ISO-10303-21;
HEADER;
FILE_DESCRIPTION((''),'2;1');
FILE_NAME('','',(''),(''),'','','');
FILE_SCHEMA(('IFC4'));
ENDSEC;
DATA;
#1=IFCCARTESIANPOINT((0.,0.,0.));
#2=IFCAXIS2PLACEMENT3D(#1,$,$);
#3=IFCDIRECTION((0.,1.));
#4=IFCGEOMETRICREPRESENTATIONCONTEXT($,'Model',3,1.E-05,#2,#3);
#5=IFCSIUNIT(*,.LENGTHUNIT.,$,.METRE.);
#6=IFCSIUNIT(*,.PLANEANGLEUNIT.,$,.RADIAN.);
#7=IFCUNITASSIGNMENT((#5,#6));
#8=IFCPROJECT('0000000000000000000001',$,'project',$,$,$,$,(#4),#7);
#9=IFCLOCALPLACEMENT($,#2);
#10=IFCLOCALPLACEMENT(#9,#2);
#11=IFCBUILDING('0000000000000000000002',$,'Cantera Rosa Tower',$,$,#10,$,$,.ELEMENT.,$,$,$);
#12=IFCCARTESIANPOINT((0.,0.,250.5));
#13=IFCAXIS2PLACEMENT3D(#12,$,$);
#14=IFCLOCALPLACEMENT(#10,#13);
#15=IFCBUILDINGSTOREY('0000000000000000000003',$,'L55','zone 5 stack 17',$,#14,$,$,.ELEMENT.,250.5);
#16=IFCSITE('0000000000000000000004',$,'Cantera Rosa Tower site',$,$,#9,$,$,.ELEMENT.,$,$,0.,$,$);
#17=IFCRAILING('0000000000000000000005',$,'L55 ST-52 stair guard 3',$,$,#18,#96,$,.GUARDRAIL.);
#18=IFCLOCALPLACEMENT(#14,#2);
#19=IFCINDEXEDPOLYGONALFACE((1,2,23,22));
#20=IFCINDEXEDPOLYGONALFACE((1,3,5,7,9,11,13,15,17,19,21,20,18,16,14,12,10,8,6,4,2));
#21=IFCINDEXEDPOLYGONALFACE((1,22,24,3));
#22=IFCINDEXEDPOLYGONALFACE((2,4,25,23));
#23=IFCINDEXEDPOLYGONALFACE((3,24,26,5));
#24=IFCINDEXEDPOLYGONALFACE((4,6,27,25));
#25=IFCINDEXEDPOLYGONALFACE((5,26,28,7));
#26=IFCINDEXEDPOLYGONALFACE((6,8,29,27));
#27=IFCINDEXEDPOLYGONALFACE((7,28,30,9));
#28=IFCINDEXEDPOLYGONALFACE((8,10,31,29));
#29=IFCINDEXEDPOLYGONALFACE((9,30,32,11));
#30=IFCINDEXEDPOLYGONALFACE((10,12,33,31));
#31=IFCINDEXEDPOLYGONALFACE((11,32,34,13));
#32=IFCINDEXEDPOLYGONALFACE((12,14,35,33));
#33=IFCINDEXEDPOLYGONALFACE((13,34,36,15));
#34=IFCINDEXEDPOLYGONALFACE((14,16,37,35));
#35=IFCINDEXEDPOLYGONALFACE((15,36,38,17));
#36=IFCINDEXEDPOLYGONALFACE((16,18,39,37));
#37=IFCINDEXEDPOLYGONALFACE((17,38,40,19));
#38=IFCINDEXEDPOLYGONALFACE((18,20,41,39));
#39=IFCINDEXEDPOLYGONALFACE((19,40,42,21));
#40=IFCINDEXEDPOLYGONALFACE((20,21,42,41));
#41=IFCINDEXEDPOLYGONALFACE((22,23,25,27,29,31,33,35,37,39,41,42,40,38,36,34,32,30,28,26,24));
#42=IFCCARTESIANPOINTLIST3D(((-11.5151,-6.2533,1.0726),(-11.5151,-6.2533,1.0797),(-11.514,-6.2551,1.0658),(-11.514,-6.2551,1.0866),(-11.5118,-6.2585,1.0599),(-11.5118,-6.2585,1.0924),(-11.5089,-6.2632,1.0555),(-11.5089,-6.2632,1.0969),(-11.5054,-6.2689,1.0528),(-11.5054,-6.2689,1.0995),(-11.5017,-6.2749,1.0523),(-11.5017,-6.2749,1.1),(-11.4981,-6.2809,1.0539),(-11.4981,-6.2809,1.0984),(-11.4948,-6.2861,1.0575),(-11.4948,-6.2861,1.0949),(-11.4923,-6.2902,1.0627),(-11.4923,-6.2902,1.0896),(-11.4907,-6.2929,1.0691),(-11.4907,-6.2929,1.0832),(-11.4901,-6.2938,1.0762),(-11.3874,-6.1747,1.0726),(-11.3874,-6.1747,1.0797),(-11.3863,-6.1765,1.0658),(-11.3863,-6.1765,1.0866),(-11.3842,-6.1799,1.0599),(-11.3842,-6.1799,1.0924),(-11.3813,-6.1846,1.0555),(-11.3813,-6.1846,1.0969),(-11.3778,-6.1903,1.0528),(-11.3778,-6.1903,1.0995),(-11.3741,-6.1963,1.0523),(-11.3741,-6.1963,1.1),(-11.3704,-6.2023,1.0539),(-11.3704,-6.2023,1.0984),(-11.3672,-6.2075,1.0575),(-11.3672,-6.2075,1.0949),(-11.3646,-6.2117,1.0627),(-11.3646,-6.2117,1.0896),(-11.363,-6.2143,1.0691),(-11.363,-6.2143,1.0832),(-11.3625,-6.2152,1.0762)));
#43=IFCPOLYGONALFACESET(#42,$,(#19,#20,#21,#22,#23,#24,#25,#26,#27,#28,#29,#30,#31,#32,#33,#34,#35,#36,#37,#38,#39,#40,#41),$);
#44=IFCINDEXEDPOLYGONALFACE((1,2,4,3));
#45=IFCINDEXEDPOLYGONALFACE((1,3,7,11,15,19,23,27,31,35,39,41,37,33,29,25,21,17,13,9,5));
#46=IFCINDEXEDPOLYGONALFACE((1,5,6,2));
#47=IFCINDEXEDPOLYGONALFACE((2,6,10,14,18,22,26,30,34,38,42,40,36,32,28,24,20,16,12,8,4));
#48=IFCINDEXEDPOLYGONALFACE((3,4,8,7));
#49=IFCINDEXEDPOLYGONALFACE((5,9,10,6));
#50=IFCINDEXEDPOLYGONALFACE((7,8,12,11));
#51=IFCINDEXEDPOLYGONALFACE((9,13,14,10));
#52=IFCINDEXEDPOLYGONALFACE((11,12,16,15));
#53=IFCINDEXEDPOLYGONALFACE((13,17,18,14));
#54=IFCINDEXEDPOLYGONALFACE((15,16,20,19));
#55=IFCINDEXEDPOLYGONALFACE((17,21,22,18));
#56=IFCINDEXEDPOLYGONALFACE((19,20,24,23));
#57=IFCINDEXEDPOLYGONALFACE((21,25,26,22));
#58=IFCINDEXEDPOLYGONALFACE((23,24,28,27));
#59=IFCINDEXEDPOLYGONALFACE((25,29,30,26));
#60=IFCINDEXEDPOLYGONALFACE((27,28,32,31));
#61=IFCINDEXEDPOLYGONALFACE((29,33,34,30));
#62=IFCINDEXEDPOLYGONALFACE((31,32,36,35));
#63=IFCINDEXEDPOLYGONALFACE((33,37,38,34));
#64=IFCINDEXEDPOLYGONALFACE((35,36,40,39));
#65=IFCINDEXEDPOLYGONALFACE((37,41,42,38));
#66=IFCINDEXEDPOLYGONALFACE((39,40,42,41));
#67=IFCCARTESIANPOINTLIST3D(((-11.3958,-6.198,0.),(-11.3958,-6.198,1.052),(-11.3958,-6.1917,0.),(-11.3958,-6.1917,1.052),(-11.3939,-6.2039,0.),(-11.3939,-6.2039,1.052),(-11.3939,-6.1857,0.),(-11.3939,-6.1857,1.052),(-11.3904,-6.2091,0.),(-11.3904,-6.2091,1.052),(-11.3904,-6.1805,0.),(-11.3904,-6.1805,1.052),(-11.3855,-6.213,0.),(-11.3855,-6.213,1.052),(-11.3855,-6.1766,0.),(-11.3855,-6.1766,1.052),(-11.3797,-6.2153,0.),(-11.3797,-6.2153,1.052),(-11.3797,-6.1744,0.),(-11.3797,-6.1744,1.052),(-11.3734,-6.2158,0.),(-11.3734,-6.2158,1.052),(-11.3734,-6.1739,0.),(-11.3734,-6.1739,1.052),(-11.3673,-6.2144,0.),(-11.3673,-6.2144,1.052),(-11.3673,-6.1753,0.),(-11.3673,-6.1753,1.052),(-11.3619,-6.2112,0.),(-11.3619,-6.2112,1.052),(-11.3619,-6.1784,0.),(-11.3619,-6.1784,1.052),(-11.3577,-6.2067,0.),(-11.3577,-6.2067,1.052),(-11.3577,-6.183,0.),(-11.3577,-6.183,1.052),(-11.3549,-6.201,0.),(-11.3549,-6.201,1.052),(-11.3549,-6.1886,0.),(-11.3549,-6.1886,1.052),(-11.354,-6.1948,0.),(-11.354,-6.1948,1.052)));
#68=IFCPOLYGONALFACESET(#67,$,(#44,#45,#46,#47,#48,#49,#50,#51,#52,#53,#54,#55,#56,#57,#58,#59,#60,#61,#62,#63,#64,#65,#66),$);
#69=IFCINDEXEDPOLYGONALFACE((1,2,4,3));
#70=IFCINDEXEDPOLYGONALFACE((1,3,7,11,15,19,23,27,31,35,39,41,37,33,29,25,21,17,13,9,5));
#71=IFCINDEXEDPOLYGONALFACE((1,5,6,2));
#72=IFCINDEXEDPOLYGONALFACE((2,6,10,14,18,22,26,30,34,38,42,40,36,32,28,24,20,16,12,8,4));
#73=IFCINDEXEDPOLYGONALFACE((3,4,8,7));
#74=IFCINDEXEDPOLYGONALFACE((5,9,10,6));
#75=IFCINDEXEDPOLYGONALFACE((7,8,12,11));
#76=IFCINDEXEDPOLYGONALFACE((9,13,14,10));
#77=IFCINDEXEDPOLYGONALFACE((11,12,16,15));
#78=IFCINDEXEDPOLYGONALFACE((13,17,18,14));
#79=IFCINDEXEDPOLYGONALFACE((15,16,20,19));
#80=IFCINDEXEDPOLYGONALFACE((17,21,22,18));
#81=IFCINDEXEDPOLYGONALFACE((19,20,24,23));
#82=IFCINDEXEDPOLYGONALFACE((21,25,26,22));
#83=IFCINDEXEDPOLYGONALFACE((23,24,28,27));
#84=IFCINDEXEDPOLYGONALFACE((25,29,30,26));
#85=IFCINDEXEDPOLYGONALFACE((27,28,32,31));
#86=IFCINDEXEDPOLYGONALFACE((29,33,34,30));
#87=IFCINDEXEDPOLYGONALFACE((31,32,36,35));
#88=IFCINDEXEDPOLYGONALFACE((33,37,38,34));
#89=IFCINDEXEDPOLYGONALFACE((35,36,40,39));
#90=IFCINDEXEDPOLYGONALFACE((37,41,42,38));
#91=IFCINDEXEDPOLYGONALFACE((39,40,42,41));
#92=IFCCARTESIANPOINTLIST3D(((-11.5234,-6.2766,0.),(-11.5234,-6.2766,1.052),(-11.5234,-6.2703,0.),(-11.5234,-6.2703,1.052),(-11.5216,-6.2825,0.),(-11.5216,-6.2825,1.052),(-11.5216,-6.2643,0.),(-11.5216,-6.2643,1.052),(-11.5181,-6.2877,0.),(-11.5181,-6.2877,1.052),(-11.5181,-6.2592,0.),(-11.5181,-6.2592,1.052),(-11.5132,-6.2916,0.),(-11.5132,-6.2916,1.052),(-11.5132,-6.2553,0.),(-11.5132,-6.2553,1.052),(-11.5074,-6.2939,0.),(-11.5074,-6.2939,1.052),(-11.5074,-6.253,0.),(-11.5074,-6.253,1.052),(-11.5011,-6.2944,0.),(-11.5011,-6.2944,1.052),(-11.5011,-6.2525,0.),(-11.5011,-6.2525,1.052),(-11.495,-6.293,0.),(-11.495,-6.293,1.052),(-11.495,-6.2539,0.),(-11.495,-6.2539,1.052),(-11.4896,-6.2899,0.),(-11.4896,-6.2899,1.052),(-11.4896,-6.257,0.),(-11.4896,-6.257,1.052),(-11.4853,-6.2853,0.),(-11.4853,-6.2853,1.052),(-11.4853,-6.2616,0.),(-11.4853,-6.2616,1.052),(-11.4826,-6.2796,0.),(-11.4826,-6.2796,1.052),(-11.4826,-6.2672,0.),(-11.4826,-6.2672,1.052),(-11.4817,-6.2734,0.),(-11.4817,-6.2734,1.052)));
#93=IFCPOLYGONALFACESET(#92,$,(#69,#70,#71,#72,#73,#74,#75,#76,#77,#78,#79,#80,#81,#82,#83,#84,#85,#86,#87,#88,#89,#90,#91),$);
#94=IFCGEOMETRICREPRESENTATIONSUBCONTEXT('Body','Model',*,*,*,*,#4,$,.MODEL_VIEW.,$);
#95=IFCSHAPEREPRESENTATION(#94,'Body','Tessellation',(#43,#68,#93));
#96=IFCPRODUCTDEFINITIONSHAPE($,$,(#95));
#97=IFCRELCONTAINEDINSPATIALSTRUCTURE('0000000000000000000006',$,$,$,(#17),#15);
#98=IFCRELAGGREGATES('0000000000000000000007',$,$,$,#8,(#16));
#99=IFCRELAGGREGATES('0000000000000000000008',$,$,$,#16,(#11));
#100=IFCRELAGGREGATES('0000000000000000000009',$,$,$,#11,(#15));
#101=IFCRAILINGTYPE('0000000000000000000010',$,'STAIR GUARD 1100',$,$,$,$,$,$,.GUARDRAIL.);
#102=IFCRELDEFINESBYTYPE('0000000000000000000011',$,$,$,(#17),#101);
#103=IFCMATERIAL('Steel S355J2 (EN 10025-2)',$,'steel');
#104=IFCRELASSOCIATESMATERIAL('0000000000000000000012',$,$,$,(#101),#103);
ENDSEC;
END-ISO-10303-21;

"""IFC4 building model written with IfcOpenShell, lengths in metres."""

from ifc_helpers import new_model, si_unit, direction, frame, origin, origin_2d, place, context, subcontext, project, spatial, circle, extrude, material, type_object, element, save


model = new_model("IFC4")

# Units and contexts
model_context = context("Model", 3, precision=1e-05, world=origin(), true_north=direction((0.0, 1.0)))
body_context = subcontext(model_context, "Body", "Model", "MODEL_VIEW")
ifc_project = project(units=[si_unit("LENGTHUNIT", "METRE"), si_unit("PLANEANGLEUNIT", "RADIAN")], contexts=[model_context])

# Site, building, storey
site_placement = place(None, origin())
site = spatial("IfcSite", under=ifc_project, at=site_placement, Name="Cantera Rosa Tower site", CompositionType="ELEMENT", RefElevation=0.0)
building_placement = place(site_placement, origin())
building = spatial("IfcBuilding", under=site, at=building_placement, Name="Cantera Rosa Tower", CompositionType="ELEMENT")
storey_placement = place(building_placement, frame((0.0, 0.0, 250.5)))
storey = spatial("IfcBuildingStorey", under=building, at=storey_placement, Name="L55", Description="zone 5 stack 17", CompositionType="ELEMENT", Elevation=250.5)

# Railing
ifc_material_1 = material(Name="Steel S355J2 (EN 10025-2)", Category="steel")
railing_type_1 = type_object("IfcRailingType", Name="STAIR GUARD 1100", PredefinedType="GUARDRAIL", material=ifc_material_1)
railing_1_placement = place(storey_placement, frame((-11.375, -6.1948, 0.0)))
element("IfcRailing", 1, at=railing_1_placement, inside=storey, type_object=railing_type_1, Name="L55 ST-52 stair guard 3", PredefinedType="GUARDRAIL", context=body_context, shape_type="SweptSolid", body=[
    extrude(circle(Radius=0.0239, at=origin_2d()), frame((0.0, 0.0, 1.0762), z_axis=(-0.851546, -0.524279, 0.0), x_axis=(0.524279, -0.851546, 0.0)), (0.0, 0.0, 1.0), 0.1499),
    extrude(circle(Radius=0.021, at=origin_2d()), origin(), (0.0, 0.0, 1.0), 1.052),
    extrude(circle(Radius=0.021, at=origin_2d()), frame((-0.1277, -0.0786, 0.0)), (0.0, 0.0, 1.0), 1.052),
])

save(model, "model.ifc")
